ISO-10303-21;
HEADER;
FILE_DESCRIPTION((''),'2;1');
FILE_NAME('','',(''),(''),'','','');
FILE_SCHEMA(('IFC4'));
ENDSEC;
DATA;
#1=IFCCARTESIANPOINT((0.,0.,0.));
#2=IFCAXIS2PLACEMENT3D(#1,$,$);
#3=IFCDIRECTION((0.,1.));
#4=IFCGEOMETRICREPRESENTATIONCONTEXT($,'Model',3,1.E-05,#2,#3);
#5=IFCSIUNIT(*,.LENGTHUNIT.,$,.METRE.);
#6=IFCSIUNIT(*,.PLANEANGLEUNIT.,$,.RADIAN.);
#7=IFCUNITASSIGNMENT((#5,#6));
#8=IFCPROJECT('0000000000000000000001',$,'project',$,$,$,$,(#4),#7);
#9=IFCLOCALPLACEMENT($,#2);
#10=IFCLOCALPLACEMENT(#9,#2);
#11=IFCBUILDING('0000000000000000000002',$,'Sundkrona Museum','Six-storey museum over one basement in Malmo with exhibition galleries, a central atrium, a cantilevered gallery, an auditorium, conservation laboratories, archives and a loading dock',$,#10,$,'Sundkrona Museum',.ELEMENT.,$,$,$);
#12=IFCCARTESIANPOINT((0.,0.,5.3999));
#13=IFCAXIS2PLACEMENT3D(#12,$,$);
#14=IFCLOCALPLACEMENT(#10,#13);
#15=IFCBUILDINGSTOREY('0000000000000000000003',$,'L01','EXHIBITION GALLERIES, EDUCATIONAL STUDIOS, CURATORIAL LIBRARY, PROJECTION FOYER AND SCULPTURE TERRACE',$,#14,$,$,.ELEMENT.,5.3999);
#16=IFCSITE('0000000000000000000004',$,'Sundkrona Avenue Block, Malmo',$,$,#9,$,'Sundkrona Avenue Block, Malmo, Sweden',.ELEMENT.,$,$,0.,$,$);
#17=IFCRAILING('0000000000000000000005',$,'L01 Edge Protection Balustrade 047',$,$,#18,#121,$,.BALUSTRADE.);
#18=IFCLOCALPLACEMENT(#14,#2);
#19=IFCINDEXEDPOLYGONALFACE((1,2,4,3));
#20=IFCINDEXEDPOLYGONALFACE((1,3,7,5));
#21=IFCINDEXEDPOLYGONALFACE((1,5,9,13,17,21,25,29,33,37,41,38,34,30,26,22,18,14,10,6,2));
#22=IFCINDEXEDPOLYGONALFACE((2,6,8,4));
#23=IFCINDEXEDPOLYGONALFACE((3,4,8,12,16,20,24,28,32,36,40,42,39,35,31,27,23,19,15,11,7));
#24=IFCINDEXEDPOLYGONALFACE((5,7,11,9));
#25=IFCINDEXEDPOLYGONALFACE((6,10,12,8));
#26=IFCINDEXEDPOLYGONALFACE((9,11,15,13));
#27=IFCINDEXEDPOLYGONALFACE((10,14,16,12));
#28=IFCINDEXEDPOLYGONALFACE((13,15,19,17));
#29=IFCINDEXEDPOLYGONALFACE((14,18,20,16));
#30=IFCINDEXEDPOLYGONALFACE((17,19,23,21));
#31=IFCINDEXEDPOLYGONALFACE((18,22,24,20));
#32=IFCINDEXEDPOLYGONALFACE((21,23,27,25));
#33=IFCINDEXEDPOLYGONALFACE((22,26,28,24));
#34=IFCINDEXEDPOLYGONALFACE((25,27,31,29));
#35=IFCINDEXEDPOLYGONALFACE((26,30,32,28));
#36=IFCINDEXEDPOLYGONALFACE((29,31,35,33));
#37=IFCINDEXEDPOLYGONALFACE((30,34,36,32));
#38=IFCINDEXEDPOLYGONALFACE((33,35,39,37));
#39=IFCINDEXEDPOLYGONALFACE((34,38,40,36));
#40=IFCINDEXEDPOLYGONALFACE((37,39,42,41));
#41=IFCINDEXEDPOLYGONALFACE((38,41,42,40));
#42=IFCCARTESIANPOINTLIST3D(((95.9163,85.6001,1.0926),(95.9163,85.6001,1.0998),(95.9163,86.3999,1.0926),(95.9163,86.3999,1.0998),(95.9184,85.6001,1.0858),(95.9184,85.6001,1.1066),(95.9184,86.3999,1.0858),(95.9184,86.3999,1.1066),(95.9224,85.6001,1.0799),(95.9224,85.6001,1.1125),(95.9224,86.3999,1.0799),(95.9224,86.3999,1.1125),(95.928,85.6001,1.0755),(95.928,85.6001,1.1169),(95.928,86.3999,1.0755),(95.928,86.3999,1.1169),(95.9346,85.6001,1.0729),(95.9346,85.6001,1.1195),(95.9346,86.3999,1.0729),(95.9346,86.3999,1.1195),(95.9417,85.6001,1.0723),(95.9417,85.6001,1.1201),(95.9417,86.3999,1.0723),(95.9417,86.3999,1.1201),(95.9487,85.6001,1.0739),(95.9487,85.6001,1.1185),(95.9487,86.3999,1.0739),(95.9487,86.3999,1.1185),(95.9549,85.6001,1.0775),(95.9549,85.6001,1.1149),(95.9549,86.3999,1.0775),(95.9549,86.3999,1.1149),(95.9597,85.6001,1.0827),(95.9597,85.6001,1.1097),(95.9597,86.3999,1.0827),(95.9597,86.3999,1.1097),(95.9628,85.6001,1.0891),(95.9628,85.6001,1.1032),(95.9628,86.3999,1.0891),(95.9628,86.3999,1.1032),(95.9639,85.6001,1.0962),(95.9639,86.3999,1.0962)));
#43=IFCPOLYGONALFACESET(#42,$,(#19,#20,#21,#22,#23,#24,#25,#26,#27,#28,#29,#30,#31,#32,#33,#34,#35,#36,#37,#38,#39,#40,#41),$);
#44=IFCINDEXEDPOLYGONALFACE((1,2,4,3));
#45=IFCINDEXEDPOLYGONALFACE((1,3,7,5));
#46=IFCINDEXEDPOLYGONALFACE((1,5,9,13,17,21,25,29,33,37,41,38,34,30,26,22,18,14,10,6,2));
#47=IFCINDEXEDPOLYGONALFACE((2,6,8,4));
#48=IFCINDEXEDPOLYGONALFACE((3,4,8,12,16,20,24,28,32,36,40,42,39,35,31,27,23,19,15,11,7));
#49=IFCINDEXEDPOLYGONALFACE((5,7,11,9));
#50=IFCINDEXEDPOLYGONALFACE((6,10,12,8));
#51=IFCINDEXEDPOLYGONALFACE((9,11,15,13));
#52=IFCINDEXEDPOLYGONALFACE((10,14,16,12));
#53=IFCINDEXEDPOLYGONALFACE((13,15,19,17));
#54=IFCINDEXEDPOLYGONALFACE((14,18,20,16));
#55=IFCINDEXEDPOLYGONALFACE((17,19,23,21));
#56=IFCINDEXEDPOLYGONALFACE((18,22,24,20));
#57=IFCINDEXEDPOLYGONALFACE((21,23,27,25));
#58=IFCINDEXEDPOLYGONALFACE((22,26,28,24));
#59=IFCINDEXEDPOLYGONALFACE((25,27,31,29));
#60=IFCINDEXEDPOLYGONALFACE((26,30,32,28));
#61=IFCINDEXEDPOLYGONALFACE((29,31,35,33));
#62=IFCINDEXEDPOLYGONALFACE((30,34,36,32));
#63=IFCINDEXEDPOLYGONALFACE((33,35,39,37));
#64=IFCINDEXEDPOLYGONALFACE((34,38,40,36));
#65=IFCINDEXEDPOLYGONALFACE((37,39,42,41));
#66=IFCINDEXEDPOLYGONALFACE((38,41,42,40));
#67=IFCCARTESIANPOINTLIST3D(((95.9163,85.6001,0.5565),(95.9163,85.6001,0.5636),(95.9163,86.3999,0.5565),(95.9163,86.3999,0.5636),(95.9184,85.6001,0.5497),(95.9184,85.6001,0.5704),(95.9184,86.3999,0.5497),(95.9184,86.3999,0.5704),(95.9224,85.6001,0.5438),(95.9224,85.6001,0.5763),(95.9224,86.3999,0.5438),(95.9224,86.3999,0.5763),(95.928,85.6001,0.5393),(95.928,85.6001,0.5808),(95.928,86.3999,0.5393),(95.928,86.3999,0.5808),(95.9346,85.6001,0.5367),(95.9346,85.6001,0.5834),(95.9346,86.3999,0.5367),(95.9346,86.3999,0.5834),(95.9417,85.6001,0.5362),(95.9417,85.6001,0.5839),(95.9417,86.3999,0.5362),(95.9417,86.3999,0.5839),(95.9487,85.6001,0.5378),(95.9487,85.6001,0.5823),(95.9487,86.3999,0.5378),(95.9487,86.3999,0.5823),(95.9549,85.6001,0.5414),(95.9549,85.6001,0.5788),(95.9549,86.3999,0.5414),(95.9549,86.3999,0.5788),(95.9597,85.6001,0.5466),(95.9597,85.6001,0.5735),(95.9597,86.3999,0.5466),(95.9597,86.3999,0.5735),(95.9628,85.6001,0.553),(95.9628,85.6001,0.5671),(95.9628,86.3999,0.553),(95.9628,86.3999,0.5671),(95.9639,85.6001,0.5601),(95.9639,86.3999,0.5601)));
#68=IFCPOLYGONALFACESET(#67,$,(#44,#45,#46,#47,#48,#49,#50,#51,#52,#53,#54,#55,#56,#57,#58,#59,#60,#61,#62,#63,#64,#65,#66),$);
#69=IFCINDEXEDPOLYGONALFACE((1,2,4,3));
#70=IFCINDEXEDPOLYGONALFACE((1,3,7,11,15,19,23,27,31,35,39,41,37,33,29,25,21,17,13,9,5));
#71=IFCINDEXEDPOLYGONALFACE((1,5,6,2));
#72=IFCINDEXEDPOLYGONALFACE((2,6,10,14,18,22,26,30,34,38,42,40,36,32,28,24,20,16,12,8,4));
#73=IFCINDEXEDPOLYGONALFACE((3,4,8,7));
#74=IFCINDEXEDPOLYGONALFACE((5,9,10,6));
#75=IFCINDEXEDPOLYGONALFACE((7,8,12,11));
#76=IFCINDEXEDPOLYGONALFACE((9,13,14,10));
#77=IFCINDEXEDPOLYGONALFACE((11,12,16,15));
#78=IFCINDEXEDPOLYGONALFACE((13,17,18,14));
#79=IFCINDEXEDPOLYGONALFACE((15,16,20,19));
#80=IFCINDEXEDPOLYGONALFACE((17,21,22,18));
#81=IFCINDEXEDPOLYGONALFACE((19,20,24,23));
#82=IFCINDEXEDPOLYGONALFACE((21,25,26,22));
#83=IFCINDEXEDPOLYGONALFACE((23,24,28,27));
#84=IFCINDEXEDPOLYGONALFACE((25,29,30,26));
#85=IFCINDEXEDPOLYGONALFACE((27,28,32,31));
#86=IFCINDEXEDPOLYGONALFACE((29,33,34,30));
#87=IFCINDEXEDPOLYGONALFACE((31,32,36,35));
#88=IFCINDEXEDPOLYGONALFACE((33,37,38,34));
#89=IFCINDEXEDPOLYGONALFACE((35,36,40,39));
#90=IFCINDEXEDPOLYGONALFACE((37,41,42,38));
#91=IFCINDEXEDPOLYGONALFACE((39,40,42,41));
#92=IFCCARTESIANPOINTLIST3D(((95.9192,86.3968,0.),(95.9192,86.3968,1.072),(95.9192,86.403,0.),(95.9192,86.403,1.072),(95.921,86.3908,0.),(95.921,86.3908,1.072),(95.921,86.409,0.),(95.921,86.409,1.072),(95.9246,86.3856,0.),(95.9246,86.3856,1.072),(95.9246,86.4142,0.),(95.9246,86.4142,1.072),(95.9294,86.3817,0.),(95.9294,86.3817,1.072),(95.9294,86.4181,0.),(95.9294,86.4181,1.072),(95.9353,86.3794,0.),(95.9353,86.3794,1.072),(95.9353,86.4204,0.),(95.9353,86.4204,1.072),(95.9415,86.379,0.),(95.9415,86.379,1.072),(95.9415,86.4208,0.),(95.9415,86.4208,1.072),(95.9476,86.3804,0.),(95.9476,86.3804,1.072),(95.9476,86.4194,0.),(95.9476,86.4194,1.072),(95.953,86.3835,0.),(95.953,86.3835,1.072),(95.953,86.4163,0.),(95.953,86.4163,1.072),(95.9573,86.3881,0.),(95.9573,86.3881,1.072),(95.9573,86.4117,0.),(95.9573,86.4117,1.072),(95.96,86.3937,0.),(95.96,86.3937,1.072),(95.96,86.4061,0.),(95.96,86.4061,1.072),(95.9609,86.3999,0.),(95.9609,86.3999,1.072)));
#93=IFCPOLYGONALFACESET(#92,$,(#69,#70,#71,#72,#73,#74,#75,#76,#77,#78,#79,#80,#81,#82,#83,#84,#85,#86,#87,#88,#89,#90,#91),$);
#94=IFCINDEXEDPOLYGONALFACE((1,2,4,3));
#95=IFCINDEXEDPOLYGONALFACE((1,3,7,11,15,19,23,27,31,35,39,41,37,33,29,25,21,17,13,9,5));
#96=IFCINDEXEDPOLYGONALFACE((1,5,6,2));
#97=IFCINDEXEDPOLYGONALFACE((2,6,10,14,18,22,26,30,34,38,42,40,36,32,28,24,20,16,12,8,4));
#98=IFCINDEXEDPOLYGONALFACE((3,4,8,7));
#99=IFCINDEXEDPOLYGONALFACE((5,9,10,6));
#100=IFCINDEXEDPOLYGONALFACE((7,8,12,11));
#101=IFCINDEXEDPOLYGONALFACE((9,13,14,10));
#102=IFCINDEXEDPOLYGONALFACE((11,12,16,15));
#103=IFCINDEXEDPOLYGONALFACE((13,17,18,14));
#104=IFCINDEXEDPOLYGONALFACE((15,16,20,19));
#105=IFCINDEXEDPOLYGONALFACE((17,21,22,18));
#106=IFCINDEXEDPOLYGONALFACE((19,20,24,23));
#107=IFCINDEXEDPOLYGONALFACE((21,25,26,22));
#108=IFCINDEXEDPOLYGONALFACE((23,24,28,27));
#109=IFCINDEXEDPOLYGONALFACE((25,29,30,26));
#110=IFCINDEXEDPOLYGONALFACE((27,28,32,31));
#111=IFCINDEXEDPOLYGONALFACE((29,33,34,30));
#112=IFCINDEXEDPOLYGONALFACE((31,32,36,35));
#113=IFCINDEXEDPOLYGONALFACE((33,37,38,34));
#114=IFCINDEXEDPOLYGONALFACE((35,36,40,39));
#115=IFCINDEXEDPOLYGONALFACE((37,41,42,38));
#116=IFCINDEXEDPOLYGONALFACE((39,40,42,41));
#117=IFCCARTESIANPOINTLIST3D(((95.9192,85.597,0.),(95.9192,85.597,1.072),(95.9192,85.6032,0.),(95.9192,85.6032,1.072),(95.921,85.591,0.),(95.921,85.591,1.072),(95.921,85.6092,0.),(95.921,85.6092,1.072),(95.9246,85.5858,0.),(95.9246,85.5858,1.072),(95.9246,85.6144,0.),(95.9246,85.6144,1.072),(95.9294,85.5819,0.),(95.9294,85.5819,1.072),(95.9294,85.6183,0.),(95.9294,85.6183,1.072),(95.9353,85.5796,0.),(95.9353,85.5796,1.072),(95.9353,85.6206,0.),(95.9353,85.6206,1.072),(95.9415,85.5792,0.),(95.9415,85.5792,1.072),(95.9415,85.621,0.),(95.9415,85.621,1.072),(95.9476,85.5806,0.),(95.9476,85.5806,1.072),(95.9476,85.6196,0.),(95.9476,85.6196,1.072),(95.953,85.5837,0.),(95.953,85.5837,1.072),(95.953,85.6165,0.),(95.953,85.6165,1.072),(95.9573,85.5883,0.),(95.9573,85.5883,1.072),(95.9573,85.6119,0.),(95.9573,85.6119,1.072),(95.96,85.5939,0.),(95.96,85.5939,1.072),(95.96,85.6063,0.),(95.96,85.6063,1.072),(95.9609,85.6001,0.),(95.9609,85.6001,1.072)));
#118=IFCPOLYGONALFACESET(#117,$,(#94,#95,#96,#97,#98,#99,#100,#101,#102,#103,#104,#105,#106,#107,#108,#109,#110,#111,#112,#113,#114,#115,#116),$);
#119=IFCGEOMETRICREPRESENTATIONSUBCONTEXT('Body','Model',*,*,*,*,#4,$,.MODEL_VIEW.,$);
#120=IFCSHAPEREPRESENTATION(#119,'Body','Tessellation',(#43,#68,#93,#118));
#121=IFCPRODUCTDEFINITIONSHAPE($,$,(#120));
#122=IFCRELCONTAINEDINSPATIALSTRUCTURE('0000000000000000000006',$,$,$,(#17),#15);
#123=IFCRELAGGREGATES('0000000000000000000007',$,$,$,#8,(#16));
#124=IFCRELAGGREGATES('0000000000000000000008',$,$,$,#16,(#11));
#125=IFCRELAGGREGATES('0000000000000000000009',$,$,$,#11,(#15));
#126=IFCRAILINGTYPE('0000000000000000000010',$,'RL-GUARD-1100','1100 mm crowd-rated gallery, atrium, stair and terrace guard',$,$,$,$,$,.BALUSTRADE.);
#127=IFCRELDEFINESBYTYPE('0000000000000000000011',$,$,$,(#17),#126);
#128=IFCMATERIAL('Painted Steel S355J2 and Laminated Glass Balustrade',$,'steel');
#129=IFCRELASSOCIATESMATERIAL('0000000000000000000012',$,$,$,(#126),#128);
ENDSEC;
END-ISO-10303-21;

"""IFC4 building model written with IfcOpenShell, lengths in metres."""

from ifc_helpers import new_model, si_unit, direction, frame, origin, origin_2d, place, context, subcontext, project, spatial, circle, extrude, material, type_object, element, save


model = new_model("IFC4")

# Units and contexts
model_context = context("Model", 3, precision=1e-05, world=origin(), true_north=direction((0.0, 1.0)))
body_context = subcontext(model_context, "Body", "Model", "MODEL_VIEW")
ifc_project = project(units=[si_unit("LENGTHUNIT", "METRE"), si_unit("PLANEANGLEUNIT", "RADIAN")], contexts=[model_context])

# Site, building, storey
site_placement = place(None, origin())
site = spatial("IfcSite", under=ifc_project, at=site_placement, Name="Sundkrona Avenue Block, Malmo", LongName="Sundkrona Avenue Block, Malmo, Sweden", CompositionType="ELEMENT", RefElevation=0.0)
building_placement = place(site_placement, origin())
building = spatial("IfcBuilding", under=site, at=building_placement, Name="Sundkrona Museum", Description="Six-storey museum over one basement in Malmo with exhibition galleries, a central atrium, a cantilevered gallery, an auditorium, conservation laboratories, archives and a loading dock", LongName="Sundkrona Museum", CompositionType="ELEMENT")
storey_placement = place(building_placement, frame((0.0, 0.0, 5.3999)))
storey = spatial("IfcBuildingStorey", under=building, at=storey_placement, Name="L01", Description="EXHIBITION GALLERIES, EDUCATIONAL STUDIOS, CURATORIAL LIBRARY, PROJECTION FOYER AND SCULPTURE TERRACE", CompositionType="ELEMENT", Elevation=5.3999)

# Railing
ifc_material_1 = material(Name="Painted Steel S355J2 and Laminated Glass Balustrade", Category="steel")
railing_type = type_object("IfcRailingType", Name="RL-GUARD-1100", Description="1100 mm crowd-rated gallery, atrium, stair and terrace guard", PredefinedType="BALUSTRADE", material=ifc_material_1)
for number, where, name in (
    (1, (95.9399, 86.3999, 0.0), "L01 Edge Protection Balustrade 047"),
):
    element("IfcRailing", number, at=place(storey_placement, frame(where)), inside=storey, type_object=railing_type, Name=name, PredefinedType="BALUSTRADE", context=body_context, shape_type="SweptSolid", body=[
        extrude(circle(Radius=0.0239, at=origin_2d()), frame((0.0, 0.0, 1.0962), z_axis=(0.0, -1.0, 0.0), x_axis=(1.0, 0.0, 0.0)), (0.0, 0.0, 1.0), 0.7998),
        extrude(circle(Radius=0.0239, at=origin_2d()), frame((0.0, 0.0, 0.5601), z_axis=(0.0, -1.0, 0.0), x_axis=(1.0, 0.0, 0.0)), (0.0, 0.0, 1.0), 0.7998),
        extrude(circle(Radius=0.021, at=origin_2d()), origin(), (0.0, 0.0, 1.0), 1.072),
        extrude(circle(Radius=0.021, at=origin_2d()), frame((0.0, -0.7998, 0.0)), (0.0, 0.0, 1.0), 1.072),
    ])

save(model, "model.ifc")
